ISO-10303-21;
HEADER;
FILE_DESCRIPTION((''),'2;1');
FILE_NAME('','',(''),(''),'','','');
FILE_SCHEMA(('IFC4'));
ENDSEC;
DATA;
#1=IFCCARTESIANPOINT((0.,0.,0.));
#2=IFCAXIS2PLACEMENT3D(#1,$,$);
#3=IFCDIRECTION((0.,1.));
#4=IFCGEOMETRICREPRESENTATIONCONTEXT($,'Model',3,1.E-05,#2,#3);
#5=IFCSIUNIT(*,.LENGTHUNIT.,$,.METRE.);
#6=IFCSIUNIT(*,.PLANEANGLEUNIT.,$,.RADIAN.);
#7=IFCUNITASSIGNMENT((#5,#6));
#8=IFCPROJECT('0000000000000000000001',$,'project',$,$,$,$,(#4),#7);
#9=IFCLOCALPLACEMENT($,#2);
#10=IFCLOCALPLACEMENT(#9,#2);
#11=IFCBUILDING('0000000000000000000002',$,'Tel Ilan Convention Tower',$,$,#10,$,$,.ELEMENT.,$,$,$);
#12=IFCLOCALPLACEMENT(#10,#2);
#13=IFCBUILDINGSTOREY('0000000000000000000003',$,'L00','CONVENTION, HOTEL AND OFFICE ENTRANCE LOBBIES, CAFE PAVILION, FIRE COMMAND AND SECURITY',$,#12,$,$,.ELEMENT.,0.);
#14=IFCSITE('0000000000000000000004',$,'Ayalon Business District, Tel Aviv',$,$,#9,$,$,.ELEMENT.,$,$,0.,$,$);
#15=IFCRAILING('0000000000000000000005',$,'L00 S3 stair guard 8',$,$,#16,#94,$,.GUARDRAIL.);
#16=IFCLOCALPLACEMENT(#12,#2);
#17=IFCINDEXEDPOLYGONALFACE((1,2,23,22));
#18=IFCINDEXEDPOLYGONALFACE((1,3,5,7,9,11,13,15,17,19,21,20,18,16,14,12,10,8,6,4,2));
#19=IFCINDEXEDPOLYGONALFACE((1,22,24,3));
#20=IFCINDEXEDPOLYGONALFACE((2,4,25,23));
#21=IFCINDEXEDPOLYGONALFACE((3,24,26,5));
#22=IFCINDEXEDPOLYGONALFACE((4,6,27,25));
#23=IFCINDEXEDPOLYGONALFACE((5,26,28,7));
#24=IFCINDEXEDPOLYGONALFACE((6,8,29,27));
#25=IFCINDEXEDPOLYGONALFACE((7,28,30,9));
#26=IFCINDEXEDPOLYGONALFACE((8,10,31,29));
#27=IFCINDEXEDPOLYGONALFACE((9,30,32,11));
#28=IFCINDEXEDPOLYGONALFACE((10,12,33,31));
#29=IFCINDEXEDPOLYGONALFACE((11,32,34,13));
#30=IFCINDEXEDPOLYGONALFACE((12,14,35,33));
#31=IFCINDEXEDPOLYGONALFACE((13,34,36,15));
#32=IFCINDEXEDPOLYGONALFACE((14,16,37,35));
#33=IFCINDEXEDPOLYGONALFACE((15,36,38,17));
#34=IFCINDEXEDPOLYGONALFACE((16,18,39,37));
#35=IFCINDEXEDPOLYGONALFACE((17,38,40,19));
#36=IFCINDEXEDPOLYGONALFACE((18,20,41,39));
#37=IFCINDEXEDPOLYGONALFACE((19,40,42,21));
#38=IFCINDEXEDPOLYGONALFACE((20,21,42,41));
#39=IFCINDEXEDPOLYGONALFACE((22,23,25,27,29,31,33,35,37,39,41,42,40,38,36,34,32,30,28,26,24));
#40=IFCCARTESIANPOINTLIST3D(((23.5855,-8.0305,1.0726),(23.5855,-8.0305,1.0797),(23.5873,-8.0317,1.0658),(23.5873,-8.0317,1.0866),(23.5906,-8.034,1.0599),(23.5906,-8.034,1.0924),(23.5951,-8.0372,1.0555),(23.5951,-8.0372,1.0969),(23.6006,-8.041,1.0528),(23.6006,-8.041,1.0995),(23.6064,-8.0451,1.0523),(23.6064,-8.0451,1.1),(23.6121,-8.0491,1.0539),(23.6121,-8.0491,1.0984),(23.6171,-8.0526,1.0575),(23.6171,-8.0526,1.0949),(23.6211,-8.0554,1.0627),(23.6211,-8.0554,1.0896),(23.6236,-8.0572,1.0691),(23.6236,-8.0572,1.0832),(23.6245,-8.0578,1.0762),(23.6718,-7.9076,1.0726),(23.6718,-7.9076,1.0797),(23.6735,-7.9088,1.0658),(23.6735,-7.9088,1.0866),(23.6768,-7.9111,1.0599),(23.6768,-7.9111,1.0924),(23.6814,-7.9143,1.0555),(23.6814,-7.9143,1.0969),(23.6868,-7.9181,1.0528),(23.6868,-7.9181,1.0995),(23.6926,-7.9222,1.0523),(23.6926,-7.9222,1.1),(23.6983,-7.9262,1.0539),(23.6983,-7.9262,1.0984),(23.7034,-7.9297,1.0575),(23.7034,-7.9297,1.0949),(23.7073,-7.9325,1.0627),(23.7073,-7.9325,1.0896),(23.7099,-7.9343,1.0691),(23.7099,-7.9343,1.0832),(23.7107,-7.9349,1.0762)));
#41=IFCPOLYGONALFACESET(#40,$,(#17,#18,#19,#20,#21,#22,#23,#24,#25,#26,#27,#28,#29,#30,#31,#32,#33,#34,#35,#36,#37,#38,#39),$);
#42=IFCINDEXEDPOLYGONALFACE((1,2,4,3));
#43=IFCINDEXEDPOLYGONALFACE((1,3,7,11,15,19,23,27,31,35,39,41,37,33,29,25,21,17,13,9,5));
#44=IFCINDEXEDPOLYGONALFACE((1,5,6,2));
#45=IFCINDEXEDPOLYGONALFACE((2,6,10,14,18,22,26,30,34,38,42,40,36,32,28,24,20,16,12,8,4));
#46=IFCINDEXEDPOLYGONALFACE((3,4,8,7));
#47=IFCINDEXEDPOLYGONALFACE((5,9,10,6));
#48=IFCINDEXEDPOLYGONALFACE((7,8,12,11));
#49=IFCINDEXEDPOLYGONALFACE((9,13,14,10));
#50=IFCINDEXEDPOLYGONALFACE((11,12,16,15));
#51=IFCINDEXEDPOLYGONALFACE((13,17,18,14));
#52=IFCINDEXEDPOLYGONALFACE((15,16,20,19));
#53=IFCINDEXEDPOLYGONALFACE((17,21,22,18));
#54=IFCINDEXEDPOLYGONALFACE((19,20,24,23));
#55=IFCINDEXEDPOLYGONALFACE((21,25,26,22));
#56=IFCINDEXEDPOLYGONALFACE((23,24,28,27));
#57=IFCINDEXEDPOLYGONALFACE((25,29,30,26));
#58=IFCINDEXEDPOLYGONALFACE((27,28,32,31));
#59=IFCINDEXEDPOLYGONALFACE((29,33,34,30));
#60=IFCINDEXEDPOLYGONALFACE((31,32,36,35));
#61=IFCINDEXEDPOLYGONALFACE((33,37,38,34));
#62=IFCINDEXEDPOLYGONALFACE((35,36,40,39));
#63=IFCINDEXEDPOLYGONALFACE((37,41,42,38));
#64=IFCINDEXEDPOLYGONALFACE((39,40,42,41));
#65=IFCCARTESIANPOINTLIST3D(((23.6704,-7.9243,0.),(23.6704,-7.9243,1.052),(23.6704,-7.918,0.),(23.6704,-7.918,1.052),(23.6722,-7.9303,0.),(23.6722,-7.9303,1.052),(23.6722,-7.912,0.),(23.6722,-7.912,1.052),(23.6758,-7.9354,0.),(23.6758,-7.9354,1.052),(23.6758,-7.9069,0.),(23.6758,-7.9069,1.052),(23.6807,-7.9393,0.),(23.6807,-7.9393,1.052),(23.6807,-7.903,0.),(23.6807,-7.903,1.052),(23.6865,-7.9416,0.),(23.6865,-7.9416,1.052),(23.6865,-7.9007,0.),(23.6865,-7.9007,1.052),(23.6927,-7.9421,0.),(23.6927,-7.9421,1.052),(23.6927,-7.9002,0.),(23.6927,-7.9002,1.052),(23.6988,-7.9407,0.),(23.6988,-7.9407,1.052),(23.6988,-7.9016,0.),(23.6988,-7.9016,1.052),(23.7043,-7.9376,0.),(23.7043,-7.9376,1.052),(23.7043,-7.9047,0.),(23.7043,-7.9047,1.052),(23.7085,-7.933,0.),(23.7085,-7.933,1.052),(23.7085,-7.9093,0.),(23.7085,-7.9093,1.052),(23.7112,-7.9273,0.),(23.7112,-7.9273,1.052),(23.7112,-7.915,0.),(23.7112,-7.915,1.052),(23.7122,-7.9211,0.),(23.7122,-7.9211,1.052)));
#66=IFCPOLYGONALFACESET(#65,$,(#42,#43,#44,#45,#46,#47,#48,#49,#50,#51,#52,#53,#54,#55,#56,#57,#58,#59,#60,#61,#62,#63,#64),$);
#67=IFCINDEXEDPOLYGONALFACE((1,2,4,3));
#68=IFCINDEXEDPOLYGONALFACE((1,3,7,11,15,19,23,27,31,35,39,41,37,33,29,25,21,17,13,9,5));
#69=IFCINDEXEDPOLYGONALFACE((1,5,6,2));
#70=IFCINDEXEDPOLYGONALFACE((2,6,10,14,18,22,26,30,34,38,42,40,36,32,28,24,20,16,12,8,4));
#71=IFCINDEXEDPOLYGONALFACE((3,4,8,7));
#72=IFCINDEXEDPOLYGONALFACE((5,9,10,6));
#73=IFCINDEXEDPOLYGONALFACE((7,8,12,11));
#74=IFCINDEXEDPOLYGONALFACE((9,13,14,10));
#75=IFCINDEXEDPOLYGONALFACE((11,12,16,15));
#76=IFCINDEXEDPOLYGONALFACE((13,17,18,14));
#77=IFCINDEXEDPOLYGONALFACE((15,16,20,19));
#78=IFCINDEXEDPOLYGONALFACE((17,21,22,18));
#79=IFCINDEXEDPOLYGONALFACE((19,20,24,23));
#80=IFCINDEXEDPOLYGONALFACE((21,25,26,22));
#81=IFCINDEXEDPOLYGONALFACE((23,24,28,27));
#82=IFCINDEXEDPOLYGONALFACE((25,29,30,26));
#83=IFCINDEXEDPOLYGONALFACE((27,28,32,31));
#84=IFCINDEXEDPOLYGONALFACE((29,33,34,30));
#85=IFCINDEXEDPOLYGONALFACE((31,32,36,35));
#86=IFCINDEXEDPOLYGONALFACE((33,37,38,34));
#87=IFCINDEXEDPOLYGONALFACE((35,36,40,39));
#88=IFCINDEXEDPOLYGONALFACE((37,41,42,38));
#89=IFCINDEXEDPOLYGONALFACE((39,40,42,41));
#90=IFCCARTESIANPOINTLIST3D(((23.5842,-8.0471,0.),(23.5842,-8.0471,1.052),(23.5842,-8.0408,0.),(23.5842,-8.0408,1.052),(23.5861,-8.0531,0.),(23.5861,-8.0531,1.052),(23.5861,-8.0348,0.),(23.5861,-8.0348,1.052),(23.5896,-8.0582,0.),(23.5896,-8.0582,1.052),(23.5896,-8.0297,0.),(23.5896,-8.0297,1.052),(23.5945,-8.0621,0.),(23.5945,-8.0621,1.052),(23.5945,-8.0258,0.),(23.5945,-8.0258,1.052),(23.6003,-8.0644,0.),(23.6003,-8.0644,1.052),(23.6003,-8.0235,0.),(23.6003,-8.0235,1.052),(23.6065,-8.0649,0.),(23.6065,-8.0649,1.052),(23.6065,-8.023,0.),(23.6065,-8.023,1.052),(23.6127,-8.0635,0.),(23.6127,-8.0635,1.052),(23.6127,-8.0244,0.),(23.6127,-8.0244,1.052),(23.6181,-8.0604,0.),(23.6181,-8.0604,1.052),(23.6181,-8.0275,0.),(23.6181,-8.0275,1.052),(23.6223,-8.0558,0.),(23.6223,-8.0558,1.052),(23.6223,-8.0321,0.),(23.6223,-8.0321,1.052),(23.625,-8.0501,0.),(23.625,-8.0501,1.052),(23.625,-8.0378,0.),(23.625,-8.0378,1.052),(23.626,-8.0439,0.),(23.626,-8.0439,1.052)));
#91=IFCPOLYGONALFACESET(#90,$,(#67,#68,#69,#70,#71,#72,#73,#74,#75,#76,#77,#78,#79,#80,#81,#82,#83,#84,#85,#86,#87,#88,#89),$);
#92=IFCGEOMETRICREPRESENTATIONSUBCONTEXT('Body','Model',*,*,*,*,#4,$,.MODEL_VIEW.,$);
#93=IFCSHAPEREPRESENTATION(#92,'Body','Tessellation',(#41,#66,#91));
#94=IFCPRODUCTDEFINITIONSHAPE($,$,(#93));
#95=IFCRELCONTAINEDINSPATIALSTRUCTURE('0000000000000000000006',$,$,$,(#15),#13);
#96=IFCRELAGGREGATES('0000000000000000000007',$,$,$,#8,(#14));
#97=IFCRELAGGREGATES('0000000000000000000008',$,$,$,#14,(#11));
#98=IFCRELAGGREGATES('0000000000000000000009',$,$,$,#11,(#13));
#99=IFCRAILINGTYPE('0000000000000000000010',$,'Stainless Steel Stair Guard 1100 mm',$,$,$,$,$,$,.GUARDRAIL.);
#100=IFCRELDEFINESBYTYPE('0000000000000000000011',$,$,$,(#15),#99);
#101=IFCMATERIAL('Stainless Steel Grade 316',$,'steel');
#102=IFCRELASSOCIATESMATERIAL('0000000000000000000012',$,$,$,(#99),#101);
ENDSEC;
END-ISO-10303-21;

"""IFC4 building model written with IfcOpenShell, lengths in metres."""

from ifc_helpers import new_model, si_unit, direction, frame, origin, origin_2d, place, context, subcontext, project, spatial, circle, extrude, material, type_object, element, save


model = new_model("IFC4")

# Units and contexts
model_context = context("Model", 3, precision=1e-05, world=origin(), true_north=direction((0.0, 1.0)))
body_context = subcontext(model_context, "Body", "Model", "MODEL_VIEW")
ifc_project = project(units=[si_unit("LENGTHUNIT", "METRE"), si_unit("PLANEANGLEUNIT", "RADIAN")], contexts=[model_context])

# Site, building, storey
site_placement = place(None, origin())
site = spatial("IfcSite", under=ifc_project, at=site_placement, Name="Ayalon Business District, Tel Aviv", CompositionType="ELEMENT", RefElevation=0.0)
building_placement = place(site_placement, origin())
building = spatial("IfcBuilding", under=site, at=building_placement, Name="Tel Ilan Convention Tower", CompositionType="ELEMENT")
storey_placement = place(building_placement, origin())
storey = spatial("IfcBuildingStorey", under=building, at=storey_placement, Name="L00", Description="CONVENTION, HOTEL AND OFFICE ENTRANCE LOBBIES, CAFE PAVILION, FIRE COMMAND AND SECURITY", CompositionType="ELEMENT", Elevation=0.0)

# Railing
ifc_material_1 = material(Name="Stainless Steel Grade 316", Category="steel")
railing_type_1 = type_object("IfcRailingType", Name="Stainless Steel Stair Guard 1100 mm", PredefinedType="GUARDRAIL", material=ifc_material_1)
railing_1_placement = place(storey_placement, frame((23.6912, -7.9211, 0.0)))
element("IfcRailing", 1, at=railing_1_placement, inside=storey, type_object=railing_type_1, Name="L00 S3 stair guard 8", PredefinedType="GUARDRAIL", context=body_context, shape_type="SweptSolid", body=[
    extrude(circle(Radius=0.0239, at=origin_2d()), frame((0.0, 0.0, 1.0762), z_axis=(-0.574445, -0.818543, 0.0), x_axis=(0.818543, -0.574445, 0.0)), (0.0, 0.0, 1.0), 0.1501),
    extrude(circle(Radius=0.021, at=origin_2d()), origin(), (0.0, 0.0, 1.0), 1.052),
    extrude(circle(Radius=0.021, at=origin_2d()), frame((-0.0862, -0.1228, 0.0)), (0.0, 0.0, 1.0), 1.052),
])

save(model, "model.ifc")
